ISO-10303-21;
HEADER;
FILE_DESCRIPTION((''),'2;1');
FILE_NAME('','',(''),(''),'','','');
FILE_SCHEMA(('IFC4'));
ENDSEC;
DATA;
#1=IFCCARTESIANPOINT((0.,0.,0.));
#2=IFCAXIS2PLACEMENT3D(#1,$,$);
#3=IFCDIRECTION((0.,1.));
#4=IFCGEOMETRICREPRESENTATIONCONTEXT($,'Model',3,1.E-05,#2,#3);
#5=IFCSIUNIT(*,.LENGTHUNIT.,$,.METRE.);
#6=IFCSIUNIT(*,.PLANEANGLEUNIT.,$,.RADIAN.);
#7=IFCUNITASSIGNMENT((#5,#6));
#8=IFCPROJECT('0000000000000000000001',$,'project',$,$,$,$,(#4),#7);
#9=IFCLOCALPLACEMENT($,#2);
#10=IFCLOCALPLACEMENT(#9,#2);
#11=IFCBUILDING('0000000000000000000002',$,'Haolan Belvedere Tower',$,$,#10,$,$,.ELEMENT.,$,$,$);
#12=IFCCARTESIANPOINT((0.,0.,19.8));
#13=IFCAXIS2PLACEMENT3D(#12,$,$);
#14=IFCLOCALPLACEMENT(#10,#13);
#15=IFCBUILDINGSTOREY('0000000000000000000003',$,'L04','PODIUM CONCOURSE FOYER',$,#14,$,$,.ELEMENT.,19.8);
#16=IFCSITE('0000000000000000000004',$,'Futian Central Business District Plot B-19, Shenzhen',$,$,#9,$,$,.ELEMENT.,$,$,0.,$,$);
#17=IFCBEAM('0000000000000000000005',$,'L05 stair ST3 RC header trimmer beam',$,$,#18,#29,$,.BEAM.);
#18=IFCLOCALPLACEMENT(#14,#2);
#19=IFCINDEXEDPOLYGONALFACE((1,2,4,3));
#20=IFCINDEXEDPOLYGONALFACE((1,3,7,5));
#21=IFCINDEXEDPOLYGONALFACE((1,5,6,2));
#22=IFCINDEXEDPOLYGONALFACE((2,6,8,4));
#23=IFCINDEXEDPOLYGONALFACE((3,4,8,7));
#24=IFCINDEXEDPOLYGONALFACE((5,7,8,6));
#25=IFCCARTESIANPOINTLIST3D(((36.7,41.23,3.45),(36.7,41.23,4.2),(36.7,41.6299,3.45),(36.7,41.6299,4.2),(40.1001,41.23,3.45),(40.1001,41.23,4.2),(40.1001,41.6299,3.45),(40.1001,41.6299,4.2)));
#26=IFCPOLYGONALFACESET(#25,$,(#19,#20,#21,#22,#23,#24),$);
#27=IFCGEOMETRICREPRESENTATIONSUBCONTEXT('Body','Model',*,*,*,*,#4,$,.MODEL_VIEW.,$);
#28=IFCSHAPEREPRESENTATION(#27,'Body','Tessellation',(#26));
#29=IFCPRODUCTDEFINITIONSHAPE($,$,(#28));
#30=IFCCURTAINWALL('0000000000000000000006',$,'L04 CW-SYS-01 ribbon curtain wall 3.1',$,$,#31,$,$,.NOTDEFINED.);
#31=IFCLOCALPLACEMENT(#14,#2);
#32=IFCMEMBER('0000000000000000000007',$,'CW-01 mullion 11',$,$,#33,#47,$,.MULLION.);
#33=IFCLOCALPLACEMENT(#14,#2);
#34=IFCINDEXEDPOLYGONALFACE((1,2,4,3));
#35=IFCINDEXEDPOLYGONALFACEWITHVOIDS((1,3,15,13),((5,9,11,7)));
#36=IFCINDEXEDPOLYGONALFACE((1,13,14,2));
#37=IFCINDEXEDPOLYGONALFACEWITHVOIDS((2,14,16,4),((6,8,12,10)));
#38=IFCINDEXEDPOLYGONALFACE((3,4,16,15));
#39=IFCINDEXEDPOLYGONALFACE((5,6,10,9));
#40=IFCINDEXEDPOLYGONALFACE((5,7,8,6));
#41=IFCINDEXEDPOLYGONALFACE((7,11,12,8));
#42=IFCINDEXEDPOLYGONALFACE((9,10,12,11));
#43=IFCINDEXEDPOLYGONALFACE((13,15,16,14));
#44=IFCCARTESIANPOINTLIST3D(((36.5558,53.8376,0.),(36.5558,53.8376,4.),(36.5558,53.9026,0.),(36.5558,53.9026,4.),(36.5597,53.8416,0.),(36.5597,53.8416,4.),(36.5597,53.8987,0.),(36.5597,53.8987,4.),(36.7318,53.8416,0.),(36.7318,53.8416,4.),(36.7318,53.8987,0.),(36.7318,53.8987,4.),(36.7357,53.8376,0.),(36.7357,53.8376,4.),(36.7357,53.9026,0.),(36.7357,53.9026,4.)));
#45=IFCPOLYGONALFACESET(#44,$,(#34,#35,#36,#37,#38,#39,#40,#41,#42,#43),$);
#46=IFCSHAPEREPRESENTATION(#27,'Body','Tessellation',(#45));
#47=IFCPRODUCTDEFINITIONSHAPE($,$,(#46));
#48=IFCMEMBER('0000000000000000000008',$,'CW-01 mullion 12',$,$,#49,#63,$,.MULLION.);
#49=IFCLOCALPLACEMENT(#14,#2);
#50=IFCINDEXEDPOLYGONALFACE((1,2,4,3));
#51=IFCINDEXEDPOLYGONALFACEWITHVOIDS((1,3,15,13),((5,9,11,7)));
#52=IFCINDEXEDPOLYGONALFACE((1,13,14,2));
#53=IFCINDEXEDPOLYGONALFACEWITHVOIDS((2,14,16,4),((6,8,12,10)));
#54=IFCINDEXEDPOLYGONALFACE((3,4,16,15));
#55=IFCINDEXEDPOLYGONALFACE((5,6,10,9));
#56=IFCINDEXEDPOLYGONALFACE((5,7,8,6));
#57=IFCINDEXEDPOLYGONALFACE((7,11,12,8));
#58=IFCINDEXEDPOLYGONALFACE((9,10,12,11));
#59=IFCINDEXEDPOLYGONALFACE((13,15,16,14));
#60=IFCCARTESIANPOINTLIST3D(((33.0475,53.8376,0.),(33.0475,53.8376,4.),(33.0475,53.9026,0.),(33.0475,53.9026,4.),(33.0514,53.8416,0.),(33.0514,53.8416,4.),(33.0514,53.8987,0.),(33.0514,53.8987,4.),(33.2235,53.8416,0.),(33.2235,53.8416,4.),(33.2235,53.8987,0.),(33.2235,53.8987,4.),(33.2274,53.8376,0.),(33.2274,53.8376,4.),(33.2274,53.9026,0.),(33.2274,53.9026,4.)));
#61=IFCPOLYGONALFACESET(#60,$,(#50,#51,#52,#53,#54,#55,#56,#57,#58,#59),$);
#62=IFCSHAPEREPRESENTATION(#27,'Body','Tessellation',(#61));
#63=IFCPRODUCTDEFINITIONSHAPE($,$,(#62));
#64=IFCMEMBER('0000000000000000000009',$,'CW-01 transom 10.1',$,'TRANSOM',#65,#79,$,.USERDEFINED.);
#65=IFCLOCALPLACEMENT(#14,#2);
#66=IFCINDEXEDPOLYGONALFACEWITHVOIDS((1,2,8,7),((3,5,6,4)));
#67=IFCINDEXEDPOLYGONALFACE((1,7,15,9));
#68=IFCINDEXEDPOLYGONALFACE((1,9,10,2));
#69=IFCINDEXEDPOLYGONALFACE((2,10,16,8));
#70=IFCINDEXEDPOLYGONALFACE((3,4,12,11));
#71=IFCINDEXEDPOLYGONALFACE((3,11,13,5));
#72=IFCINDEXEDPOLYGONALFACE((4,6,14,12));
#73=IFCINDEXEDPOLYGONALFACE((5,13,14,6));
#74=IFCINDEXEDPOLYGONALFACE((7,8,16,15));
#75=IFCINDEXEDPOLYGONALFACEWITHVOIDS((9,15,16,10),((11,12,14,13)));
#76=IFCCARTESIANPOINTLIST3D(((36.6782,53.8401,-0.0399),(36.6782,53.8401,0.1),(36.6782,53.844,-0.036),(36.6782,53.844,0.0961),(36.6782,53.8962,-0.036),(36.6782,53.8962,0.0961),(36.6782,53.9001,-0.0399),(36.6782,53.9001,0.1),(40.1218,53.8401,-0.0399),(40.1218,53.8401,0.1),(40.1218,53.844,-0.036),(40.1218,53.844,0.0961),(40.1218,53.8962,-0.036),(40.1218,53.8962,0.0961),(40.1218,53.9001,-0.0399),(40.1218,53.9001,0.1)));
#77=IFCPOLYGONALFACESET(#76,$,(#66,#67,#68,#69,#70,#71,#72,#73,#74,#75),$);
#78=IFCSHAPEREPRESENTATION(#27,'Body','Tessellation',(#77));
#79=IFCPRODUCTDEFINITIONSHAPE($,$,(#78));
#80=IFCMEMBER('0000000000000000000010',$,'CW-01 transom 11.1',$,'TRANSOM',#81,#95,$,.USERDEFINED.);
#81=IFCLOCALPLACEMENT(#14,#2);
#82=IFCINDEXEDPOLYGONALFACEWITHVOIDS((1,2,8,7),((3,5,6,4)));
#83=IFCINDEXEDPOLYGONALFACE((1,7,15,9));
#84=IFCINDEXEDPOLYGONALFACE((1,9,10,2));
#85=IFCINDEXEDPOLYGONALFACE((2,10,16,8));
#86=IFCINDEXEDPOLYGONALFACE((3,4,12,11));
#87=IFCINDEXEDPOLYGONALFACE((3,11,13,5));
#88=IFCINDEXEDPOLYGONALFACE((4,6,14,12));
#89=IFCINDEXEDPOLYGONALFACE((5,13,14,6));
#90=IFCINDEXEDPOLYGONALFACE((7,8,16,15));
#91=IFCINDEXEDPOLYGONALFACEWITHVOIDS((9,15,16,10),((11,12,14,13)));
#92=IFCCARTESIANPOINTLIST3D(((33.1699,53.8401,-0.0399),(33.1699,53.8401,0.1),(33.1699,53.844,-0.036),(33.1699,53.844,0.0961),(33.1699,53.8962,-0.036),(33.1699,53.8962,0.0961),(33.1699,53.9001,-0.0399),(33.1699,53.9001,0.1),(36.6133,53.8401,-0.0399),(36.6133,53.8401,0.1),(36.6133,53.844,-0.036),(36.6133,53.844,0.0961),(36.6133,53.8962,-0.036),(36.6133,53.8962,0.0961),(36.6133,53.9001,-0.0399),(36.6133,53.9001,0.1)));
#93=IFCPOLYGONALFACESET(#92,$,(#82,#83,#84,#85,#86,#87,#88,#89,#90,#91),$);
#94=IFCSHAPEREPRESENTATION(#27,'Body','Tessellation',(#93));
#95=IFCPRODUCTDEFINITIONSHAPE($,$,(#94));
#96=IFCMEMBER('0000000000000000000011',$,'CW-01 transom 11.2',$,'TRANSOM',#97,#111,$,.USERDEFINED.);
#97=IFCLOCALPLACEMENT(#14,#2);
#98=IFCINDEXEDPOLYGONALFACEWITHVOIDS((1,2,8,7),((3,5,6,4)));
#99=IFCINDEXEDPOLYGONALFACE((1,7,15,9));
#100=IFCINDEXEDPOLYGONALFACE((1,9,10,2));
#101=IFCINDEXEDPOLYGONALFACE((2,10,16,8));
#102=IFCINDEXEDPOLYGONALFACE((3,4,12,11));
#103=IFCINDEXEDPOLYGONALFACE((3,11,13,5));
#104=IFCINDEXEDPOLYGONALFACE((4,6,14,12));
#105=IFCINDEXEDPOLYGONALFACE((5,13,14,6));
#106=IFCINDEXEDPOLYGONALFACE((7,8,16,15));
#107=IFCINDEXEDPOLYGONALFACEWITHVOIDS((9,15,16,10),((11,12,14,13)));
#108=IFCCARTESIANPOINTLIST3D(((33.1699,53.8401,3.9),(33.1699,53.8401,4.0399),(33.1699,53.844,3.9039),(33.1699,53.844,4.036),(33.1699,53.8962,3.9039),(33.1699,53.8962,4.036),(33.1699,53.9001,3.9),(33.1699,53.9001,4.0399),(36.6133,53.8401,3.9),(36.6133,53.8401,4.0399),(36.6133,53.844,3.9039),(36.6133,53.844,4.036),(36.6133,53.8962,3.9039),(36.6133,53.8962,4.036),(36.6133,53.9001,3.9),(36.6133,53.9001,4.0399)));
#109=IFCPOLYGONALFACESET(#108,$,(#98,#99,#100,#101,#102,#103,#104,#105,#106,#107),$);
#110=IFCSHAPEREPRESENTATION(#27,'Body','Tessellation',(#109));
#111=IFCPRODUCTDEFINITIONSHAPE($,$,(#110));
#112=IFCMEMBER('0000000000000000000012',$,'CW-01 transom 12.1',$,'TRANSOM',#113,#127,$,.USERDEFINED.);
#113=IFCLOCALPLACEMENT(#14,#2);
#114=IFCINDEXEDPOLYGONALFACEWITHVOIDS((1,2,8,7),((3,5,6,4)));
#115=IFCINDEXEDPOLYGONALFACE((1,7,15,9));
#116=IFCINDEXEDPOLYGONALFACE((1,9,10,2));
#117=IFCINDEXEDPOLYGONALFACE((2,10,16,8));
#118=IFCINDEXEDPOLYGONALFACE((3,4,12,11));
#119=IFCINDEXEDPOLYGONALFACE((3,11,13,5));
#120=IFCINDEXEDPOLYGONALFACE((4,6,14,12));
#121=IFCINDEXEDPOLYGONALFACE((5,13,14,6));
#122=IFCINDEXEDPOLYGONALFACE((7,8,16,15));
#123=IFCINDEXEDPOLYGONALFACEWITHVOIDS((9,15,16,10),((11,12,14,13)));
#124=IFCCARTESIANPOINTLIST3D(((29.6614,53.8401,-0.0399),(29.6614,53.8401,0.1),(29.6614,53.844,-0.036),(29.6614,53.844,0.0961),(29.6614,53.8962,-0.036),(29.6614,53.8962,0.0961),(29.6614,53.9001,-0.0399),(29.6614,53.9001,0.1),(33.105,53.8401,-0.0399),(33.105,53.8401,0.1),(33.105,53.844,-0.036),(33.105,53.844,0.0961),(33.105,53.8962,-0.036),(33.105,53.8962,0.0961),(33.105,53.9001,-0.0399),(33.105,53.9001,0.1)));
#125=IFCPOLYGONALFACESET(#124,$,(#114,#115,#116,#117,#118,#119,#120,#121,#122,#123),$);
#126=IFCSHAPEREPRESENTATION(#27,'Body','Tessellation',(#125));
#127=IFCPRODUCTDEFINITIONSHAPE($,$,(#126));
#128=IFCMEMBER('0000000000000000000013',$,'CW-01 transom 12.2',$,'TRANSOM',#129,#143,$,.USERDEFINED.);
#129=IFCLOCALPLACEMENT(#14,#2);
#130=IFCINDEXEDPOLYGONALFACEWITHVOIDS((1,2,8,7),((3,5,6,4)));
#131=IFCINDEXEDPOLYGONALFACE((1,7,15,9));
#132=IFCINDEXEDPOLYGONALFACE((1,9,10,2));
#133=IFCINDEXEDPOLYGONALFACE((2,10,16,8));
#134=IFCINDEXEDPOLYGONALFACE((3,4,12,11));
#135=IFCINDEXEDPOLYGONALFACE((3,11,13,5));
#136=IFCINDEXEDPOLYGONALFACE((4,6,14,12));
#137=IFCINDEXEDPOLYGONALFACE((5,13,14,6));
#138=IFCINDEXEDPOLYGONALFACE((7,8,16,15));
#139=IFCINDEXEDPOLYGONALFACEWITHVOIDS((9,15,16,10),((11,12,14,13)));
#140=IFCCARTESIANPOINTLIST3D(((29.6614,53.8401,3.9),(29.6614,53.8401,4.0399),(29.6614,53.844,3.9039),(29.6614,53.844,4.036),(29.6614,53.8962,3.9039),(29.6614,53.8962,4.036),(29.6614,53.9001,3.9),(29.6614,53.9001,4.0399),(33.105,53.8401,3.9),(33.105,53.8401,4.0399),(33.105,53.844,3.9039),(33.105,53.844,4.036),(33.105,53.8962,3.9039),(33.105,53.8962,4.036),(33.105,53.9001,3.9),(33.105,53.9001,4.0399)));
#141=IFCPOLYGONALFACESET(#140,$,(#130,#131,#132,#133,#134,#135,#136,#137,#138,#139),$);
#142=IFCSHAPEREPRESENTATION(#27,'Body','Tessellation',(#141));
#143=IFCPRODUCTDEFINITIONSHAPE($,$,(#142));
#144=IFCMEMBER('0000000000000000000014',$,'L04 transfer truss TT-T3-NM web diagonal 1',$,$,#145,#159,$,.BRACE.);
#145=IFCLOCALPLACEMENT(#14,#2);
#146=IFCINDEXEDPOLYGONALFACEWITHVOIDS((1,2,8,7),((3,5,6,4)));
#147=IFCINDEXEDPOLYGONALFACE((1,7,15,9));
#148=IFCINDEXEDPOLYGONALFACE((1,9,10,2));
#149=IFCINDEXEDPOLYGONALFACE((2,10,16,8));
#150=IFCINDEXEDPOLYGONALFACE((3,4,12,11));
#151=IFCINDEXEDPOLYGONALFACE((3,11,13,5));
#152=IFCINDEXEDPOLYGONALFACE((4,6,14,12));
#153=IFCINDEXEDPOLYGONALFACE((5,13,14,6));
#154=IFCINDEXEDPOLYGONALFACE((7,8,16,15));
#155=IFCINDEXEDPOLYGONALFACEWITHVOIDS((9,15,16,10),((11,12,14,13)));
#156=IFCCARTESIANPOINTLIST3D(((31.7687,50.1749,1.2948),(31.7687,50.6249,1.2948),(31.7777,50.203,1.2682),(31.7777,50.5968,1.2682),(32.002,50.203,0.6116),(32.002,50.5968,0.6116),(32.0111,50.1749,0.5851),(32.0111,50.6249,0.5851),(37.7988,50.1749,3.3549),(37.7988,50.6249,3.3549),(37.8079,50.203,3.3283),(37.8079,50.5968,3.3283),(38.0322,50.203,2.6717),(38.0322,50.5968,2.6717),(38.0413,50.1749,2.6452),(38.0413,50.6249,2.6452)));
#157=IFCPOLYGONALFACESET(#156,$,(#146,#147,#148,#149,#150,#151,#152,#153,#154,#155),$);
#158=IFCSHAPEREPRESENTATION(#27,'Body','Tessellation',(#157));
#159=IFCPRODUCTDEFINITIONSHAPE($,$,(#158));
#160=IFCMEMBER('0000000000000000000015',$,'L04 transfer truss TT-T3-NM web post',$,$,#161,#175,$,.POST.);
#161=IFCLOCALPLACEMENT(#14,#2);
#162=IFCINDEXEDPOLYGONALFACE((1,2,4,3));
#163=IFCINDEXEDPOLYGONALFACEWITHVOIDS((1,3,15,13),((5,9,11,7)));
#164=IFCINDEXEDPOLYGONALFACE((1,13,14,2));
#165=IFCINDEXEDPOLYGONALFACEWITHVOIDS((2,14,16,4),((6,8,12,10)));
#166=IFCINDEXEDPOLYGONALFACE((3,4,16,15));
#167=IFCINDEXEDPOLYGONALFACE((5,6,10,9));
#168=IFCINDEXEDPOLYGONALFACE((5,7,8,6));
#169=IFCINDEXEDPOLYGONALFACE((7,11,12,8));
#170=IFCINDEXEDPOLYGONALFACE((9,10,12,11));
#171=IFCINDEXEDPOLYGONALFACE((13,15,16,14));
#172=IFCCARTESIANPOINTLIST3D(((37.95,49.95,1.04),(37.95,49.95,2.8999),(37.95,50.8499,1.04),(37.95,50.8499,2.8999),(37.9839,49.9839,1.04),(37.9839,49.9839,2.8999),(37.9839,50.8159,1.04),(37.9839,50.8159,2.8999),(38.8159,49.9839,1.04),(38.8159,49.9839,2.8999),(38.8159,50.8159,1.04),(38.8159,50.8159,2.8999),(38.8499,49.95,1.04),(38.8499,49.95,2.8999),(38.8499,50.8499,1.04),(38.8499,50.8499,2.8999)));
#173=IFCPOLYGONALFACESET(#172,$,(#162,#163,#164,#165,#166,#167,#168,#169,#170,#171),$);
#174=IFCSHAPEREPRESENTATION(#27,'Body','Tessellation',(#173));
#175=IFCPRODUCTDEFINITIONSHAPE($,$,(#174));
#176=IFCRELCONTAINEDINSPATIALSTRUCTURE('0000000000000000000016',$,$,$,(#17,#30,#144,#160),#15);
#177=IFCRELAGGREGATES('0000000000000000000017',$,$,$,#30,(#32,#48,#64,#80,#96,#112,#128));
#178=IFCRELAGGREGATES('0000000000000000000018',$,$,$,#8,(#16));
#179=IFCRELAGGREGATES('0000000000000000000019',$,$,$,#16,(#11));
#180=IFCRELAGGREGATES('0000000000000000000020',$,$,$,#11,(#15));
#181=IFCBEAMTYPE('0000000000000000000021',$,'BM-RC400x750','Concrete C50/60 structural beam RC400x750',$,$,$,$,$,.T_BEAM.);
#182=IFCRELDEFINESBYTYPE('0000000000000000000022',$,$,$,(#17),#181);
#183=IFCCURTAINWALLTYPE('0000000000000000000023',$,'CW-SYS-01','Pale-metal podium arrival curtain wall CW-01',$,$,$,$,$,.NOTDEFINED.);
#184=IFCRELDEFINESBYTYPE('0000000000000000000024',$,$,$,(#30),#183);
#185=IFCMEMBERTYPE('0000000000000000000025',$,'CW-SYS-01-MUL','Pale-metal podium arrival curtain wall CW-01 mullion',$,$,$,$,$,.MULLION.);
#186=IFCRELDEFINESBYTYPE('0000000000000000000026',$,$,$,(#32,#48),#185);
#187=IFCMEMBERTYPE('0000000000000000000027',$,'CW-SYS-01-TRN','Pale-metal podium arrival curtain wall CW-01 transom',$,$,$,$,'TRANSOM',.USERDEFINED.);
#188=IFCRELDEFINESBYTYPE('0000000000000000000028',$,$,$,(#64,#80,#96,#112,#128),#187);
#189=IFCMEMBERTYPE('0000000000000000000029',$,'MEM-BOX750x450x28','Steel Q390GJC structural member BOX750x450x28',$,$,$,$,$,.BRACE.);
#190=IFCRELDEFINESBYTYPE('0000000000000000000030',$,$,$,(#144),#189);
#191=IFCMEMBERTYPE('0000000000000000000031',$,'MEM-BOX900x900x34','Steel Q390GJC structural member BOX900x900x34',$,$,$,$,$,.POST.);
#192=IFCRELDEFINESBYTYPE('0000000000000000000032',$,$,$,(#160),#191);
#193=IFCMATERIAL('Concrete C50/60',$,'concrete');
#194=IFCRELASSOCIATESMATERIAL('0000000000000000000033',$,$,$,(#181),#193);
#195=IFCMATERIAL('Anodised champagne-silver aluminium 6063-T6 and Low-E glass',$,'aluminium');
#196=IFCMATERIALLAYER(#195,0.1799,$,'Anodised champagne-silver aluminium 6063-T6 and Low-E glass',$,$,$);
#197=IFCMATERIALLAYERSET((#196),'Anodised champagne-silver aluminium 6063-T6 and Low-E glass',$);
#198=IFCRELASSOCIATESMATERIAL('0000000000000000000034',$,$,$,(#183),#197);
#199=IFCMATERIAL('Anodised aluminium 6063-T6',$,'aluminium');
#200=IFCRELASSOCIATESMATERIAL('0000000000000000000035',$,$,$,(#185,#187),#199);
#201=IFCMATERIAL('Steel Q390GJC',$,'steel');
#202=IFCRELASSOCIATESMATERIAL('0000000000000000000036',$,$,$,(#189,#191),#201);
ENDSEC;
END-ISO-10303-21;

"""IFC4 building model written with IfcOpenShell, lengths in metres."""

from ifc_helpers import new_model, si_unit, direction, frame, origin, origin_2d, place, context, subcontext, project, spatial, rectangle, hollow_rectangle, extrude, material, layer, layer_set, material_profile, profile_set, type_object, element, aggregate, save


model = new_model("IFC4")

# Units and contexts
model_context = context("Model", 3, precision=1e-05, world=origin(), true_north=direction((0.0, 1.0)))
body_context = subcontext(model_context, "Body", "Model", "MODEL_VIEW")
ifc_project = project(units=[si_unit("LENGTHUNIT", "METRE"), si_unit("PLANEANGLEUNIT", "RADIAN")], contexts=[model_context])

# Site, building, storey
site_placement = place(None, origin())
site = spatial("IfcSite", under=ifc_project, at=site_placement, Name="Futian Central Business District Plot B-19, Shenzhen", CompositionType="ELEMENT", RefElevation=0.0)
building_placement = place(site_placement, origin())
building = spatial("IfcBuilding", under=site, at=building_placement, Name="Haolan Belvedere Tower", CompositionType="ELEMENT")
storey_placement = place(building_placement, frame((0.0, 0.0, 19.8)))
storey = spatial("IfcBuildingStorey", under=building, at=storey_placement, Name="L04", Description="PODIUM CONCOURSE FOYER", CompositionType="ELEMENT", Elevation=19.8)

# Beam
ifc_material_1 = material(Name="Concrete C50/60", Category="concrete")
ifc_material_profile_1 = material_profile(ifc_material_1, rectangle(XDim=0.3999, YDim=0.75, at=origin_2d()), Name="Concrete C50/60")
ifc_profile_set_1 = profile_set([ifc_material_profile_1], Name="Concrete C50/60")
beam_type = type_object("IfcBeamType", Name="BM-RC400x750", Description="Concrete C50/60 structural beam RC400x750", PredefinedType="T_BEAM", material=ifc_profile_set_1)
beam_placement = place(storey_placement, frame((36.7, 41.4299, 3.825), z_axis=(1.0, 0.0, 0.0), x_axis=(0.0, 1.0, 0.0)))
element("IfcBeam", 1, at=beam_placement, inside=storey, type_object=beam_type, Name="L05 stair ST3 RC header trimmer beam", PredefinedType="BEAM", context=body_context, shape_type="SweptSolid", body=[
    extrude(rectangle(XDim=0.3999, YDim=0.75, at=origin_2d()), origin(), (0.0, 0.0, 1.0), 3.4001),
])

# Curtain wall, members
ifc_material_2 = material(Name="Anodised champagne-silver aluminium 6063-T6 and Low-E glass", Category="aluminium")
ifc_layer_1 = layer(ifc_material_2, 0.1799, Name="Anodised champagne-silver aluminium 6063-T6 and Low-E glass")
ifc_layer_set_1 = layer_set([ifc_layer_1], Name="Anodised champagne-silver aluminium 6063-T6 and Low-E glass")
curtain_wall_type = type_object("IfcCurtainWallType", Name="CW-SYS-01", Description="Pale-metal podium arrival curtain wall CW-01", PredefinedType="NOTDEFINED", material=ifc_layer_set_1)
curtain_wall_placement = place(storey_placement, origin())
curtain_wall = element("IfcCurtainWall", 2, at=curtain_wall_placement, inside=storey, type_object=curtain_wall_type, Name="L04 CW-SYS-01 ribbon curtain wall 3.1", PredefinedType="NOTDEFINED")
ifc_material_3 = material(Name="Anodised aluminium 6063-T6", Category="aluminium")
ifc_material_profile_2 = material_profile(ifc_material_3, hollow_rectangle(XDim=0.0649, YDim=0.1799, WallThickness=0.0039, at=origin_2d()), Name="Anodised aluminium 6063-T6")
ifc_profile_set_2 = profile_set([ifc_material_profile_2], Name="Anodised aluminium 6063-T6")
member_type_1 = type_object("IfcMemberType", Name="CW-SYS-01-MUL", Description="Pale-metal podium arrival curtain wall CW-01 mullion", PredefinedType="MULLION", material=ifc_profile_set_2)
member_1_placement = place(storey_placement, frame((36.6458, 53.8701, 0.0), z_axis=(0.0, 0.0, 1.0), x_axis=(0.0, -1.0, 0.0)))
member_1 = element("IfcMember", 3, at=member_1_placement, type_object=member_type_1, Name="CW-01 mullion 11", PredefinedType="MULLION", context=body_context, shape_type="SweptSolid", body=[
    extrude(hollow_rectangle(XDim=0.0649, YDim=0.1799, WallThickness=0.0039, at=origin_2d()), origin(), (0.0, 0.0, 1.0), 4.0),
])
member_2_placement = place(storey_placement, frame((33.1375, 53.8701, 0.0), z_axis=(0.0, 0.0, 1.0), x_axis=(0.0, -1.0, 0.0)))
member_2 = element("IfcMember", 4, at=member_2_placement, type_object=member_type_1, Name="CW-01 mullion 12", PredefinedType="MULLION", context=body_context, shape_type="SweptSolid", body=[
    extrude(hollow_rectangle(XDim=0.0649, YDim=0.1799, WallThickness=0.0039, at=origin_2d()), origin(), (0.0, 0.0, 1.0), 4.0),
])
ifc_material_profile_3 = material_profile(ifc_material_3, hollow_rectangle(XDim=0.0601, YDim=0.1399, WallThickness=0.0039, at=origin_2d()), Name="Anodised aluminium 6063-T6")
ifc_profile_set_3 = profile_set([ifc_material_profile_3], Name="Anodised aluminium 6063-T6")
member_type_2 = type_object("IfcMemberType", Name="CW-SYS-01-TRN", Description="Pale-metal podium arrival curtain wall CW-01 transom", ElementType="TRANSOM", PredefinedType="USERDEFINED", material=ifc_profile_set_3)
member_3_placement = place(storey_placement, frame((40.1218, 53.8701, 0.03), z_axis=(-1.0, 0.0, 0.0), x_axis=(0.0, -1.0, 0.0)))
member_3 = element("IfcMember", 5, at=member_3_placement, type_object=member_type_2, Name="CW-01 transom 10.1", ObjectType="TRANSOM", PredefinedType="USERDEFINED", context=body_context, shape_type="SweptSolid", body=[
    extrude(hollow_rectangle(XDim=0.0601, YDim=0.1399, WallThickness=0.0039, at=origin_2d()), origin(), (0.0, 0.0, 1.0), 3.4436),
])
member_4_placement = place(storey_placement, frame((36.6133, 53.8701, 0.03), z_axis=(-1.0, 0.0, 0.0), x_axis=(0.0, -1.0, 0.0)))
member_4 = element("IfcMember", 6, at=member_4_placement, type_object=member_type_2, Name="CW-01 transom 11.1", ObjectType="TRANSOM", PredefinedType="USERDEFINED", context=body_context, shape_type="SweptSolid", body=[
    extrude(hollow_rectangle(XDim=0.0601, YDim=0.1399, WallThickness=0.0039, at=origin_2d()), origin(), (0.0, 0.0, 1.0), 3.4434),
])
member_5_placement = place(storey_placement, frame((36.6133, 53.8701, 3.97), z_axis=(-1.0, 0.0, 0.0), x_axis=(0.0, -1.0, 0.0)))
member_5 = element("IfcMember", 7, at=member_5_placement, type_object=member_type_2, Name="CW-01 transom 11.2", ObjectType="TRANSOM", PredefinedType="USERDEFINED", context=body_context, shape_type="SweptSolid", body=[
    extrude(hollow_rectangle(XDim=0.0601, YDim=0.1399, WallThickness=0.0039, at=origin_2d()), origin(), (0.0, 0.0, 1.0), 3.4434),
])
member_6_placement = place(storey_placement, frame((33.105, 53.8701, 0.03), z_axis=(-1.0, 0.0, 0.0), x_axis=(0.0, -1.0, 0.0)))
member_6 = element("IfcMember", 8, at=member_6_placement, type_object=member_type_2, Name="CW-01 transom 12.1", ObjectType="TRANSOM", PredefinedType="USERDEFINED", context=body_context, shape_type="SweptSolid", body=[
    extrude(hollow_rectangle(XDim=0.0601, YDim=0.1399, WallThickness=0.0039, at=origin_2d()), origin(), (0.0, 0.0, 1.0), 3.4436),
])
member_7_placement = place(storey_placement, frame((33.105, 53.8701, 3.97), z_axis=(-1.0, 0.0, 0.0), x_axis=(0.0, -1.0, 0.0)))
member_7 = element("IfcMember", 9, at=member_7_placement, type_object=member_type_2, Name="CW-01 transom 12.2", ObjectType="TRANSOM", PredefinedType="USERDEFINED", context=body_context, shape_type="SweptSolid", body=[
    extrude(hollow_rectangle(XDim=0.0601, YDim=0.1399, WallThickness=0.0039, at=origin_2d()), origin(), (0.0, 0.0, 1.0), 3.4436),
])

# Members
ifc_material_4 = material(Name="Steel Q390GJC", Category="steel")
ifc_material_profile_4 = material_profile(ifc_material_4, hollow_rectangle(XDim=0.45, YDim=0.75, WallThickness=0.0281, at=origin_2d()), Name="Steel Q390GJC")
ifc_profile_set_4 = profile_set([ifc_material_profile_4], Name="Steel Q390GJC")
member_type_3 = type_object("IfcMemberType", Name="MEM-BOX750x450x28", Description="Steel Q390GJC structural member BOX750x450x28", PredefinedType="BRACE", material=ifc_profile_set_4)
member_8_placement = place(storey_placement, frame((31.8899, 50.3999, 0.9399), z_axis=(0.946301, 0.0, 0.323288), x_axis=(0.0, 1.0, 0.0)))
element("IfcMember", 10, at=member_8_placement, inside=storey, type_object=member_type_3, Name="L04 transfer truss TT-T3-NM web diagonal 1", PredefinedType="BRACE", context=body_context, shape_type="SweptSolid", body=[
    extrude(hollow_rectangle(XDim=0.45, YDim=0.75, WallThickness=0.0281, at=origin_2d()), origin(), (0.0, 0.0, 1.0), 6.3723),
])
ifc_material_profile_5 = material_profile(ifc_material_4, hollow_rectangle(XDim=0.8999, YDim=0.8999, WallThickness=0.0339, at=origin_2d()), Name="Steel Q390GJC")
ifc_profile_set_5 = profile_set([ifc_material_profile_5], Name="Steel Q390GJC")
member_type_4 = type_object("IfcMemberType", Name="MEM-BOX900x900x34", Description="Steel Q390GJC structural member BOX900x900x34", PredefinedType="POST", material=ifc_profile_set_5)
member_9_placement = place(storey_placement, frame((38.3999, 50.3999, 1.04), z_axis=(0.0, 0.0, 1.0), x_axis=(1.0, 0.0, 0.0)))
element("IfcMember", 11, at=member_9_placement, inside=storey, type_object=member_type_4, Name="L04 transfer truss TT-T3-NM web post", PredefinedType="POST", context=body_context, shape_type="SweptSolid", body=[
    extrude(hollow_rectangle(XDim=0.8999, YDim=0.8999, WallThickness=0.0339, at=origin_2d()), origin(), (0.0, 0.0, 1.0), 1.8599),
])

aggregate(curtain_wall, [member_1, member_2, member_3, member_4, member_5, member_6, member_7])

save(model, "model.ifc")
